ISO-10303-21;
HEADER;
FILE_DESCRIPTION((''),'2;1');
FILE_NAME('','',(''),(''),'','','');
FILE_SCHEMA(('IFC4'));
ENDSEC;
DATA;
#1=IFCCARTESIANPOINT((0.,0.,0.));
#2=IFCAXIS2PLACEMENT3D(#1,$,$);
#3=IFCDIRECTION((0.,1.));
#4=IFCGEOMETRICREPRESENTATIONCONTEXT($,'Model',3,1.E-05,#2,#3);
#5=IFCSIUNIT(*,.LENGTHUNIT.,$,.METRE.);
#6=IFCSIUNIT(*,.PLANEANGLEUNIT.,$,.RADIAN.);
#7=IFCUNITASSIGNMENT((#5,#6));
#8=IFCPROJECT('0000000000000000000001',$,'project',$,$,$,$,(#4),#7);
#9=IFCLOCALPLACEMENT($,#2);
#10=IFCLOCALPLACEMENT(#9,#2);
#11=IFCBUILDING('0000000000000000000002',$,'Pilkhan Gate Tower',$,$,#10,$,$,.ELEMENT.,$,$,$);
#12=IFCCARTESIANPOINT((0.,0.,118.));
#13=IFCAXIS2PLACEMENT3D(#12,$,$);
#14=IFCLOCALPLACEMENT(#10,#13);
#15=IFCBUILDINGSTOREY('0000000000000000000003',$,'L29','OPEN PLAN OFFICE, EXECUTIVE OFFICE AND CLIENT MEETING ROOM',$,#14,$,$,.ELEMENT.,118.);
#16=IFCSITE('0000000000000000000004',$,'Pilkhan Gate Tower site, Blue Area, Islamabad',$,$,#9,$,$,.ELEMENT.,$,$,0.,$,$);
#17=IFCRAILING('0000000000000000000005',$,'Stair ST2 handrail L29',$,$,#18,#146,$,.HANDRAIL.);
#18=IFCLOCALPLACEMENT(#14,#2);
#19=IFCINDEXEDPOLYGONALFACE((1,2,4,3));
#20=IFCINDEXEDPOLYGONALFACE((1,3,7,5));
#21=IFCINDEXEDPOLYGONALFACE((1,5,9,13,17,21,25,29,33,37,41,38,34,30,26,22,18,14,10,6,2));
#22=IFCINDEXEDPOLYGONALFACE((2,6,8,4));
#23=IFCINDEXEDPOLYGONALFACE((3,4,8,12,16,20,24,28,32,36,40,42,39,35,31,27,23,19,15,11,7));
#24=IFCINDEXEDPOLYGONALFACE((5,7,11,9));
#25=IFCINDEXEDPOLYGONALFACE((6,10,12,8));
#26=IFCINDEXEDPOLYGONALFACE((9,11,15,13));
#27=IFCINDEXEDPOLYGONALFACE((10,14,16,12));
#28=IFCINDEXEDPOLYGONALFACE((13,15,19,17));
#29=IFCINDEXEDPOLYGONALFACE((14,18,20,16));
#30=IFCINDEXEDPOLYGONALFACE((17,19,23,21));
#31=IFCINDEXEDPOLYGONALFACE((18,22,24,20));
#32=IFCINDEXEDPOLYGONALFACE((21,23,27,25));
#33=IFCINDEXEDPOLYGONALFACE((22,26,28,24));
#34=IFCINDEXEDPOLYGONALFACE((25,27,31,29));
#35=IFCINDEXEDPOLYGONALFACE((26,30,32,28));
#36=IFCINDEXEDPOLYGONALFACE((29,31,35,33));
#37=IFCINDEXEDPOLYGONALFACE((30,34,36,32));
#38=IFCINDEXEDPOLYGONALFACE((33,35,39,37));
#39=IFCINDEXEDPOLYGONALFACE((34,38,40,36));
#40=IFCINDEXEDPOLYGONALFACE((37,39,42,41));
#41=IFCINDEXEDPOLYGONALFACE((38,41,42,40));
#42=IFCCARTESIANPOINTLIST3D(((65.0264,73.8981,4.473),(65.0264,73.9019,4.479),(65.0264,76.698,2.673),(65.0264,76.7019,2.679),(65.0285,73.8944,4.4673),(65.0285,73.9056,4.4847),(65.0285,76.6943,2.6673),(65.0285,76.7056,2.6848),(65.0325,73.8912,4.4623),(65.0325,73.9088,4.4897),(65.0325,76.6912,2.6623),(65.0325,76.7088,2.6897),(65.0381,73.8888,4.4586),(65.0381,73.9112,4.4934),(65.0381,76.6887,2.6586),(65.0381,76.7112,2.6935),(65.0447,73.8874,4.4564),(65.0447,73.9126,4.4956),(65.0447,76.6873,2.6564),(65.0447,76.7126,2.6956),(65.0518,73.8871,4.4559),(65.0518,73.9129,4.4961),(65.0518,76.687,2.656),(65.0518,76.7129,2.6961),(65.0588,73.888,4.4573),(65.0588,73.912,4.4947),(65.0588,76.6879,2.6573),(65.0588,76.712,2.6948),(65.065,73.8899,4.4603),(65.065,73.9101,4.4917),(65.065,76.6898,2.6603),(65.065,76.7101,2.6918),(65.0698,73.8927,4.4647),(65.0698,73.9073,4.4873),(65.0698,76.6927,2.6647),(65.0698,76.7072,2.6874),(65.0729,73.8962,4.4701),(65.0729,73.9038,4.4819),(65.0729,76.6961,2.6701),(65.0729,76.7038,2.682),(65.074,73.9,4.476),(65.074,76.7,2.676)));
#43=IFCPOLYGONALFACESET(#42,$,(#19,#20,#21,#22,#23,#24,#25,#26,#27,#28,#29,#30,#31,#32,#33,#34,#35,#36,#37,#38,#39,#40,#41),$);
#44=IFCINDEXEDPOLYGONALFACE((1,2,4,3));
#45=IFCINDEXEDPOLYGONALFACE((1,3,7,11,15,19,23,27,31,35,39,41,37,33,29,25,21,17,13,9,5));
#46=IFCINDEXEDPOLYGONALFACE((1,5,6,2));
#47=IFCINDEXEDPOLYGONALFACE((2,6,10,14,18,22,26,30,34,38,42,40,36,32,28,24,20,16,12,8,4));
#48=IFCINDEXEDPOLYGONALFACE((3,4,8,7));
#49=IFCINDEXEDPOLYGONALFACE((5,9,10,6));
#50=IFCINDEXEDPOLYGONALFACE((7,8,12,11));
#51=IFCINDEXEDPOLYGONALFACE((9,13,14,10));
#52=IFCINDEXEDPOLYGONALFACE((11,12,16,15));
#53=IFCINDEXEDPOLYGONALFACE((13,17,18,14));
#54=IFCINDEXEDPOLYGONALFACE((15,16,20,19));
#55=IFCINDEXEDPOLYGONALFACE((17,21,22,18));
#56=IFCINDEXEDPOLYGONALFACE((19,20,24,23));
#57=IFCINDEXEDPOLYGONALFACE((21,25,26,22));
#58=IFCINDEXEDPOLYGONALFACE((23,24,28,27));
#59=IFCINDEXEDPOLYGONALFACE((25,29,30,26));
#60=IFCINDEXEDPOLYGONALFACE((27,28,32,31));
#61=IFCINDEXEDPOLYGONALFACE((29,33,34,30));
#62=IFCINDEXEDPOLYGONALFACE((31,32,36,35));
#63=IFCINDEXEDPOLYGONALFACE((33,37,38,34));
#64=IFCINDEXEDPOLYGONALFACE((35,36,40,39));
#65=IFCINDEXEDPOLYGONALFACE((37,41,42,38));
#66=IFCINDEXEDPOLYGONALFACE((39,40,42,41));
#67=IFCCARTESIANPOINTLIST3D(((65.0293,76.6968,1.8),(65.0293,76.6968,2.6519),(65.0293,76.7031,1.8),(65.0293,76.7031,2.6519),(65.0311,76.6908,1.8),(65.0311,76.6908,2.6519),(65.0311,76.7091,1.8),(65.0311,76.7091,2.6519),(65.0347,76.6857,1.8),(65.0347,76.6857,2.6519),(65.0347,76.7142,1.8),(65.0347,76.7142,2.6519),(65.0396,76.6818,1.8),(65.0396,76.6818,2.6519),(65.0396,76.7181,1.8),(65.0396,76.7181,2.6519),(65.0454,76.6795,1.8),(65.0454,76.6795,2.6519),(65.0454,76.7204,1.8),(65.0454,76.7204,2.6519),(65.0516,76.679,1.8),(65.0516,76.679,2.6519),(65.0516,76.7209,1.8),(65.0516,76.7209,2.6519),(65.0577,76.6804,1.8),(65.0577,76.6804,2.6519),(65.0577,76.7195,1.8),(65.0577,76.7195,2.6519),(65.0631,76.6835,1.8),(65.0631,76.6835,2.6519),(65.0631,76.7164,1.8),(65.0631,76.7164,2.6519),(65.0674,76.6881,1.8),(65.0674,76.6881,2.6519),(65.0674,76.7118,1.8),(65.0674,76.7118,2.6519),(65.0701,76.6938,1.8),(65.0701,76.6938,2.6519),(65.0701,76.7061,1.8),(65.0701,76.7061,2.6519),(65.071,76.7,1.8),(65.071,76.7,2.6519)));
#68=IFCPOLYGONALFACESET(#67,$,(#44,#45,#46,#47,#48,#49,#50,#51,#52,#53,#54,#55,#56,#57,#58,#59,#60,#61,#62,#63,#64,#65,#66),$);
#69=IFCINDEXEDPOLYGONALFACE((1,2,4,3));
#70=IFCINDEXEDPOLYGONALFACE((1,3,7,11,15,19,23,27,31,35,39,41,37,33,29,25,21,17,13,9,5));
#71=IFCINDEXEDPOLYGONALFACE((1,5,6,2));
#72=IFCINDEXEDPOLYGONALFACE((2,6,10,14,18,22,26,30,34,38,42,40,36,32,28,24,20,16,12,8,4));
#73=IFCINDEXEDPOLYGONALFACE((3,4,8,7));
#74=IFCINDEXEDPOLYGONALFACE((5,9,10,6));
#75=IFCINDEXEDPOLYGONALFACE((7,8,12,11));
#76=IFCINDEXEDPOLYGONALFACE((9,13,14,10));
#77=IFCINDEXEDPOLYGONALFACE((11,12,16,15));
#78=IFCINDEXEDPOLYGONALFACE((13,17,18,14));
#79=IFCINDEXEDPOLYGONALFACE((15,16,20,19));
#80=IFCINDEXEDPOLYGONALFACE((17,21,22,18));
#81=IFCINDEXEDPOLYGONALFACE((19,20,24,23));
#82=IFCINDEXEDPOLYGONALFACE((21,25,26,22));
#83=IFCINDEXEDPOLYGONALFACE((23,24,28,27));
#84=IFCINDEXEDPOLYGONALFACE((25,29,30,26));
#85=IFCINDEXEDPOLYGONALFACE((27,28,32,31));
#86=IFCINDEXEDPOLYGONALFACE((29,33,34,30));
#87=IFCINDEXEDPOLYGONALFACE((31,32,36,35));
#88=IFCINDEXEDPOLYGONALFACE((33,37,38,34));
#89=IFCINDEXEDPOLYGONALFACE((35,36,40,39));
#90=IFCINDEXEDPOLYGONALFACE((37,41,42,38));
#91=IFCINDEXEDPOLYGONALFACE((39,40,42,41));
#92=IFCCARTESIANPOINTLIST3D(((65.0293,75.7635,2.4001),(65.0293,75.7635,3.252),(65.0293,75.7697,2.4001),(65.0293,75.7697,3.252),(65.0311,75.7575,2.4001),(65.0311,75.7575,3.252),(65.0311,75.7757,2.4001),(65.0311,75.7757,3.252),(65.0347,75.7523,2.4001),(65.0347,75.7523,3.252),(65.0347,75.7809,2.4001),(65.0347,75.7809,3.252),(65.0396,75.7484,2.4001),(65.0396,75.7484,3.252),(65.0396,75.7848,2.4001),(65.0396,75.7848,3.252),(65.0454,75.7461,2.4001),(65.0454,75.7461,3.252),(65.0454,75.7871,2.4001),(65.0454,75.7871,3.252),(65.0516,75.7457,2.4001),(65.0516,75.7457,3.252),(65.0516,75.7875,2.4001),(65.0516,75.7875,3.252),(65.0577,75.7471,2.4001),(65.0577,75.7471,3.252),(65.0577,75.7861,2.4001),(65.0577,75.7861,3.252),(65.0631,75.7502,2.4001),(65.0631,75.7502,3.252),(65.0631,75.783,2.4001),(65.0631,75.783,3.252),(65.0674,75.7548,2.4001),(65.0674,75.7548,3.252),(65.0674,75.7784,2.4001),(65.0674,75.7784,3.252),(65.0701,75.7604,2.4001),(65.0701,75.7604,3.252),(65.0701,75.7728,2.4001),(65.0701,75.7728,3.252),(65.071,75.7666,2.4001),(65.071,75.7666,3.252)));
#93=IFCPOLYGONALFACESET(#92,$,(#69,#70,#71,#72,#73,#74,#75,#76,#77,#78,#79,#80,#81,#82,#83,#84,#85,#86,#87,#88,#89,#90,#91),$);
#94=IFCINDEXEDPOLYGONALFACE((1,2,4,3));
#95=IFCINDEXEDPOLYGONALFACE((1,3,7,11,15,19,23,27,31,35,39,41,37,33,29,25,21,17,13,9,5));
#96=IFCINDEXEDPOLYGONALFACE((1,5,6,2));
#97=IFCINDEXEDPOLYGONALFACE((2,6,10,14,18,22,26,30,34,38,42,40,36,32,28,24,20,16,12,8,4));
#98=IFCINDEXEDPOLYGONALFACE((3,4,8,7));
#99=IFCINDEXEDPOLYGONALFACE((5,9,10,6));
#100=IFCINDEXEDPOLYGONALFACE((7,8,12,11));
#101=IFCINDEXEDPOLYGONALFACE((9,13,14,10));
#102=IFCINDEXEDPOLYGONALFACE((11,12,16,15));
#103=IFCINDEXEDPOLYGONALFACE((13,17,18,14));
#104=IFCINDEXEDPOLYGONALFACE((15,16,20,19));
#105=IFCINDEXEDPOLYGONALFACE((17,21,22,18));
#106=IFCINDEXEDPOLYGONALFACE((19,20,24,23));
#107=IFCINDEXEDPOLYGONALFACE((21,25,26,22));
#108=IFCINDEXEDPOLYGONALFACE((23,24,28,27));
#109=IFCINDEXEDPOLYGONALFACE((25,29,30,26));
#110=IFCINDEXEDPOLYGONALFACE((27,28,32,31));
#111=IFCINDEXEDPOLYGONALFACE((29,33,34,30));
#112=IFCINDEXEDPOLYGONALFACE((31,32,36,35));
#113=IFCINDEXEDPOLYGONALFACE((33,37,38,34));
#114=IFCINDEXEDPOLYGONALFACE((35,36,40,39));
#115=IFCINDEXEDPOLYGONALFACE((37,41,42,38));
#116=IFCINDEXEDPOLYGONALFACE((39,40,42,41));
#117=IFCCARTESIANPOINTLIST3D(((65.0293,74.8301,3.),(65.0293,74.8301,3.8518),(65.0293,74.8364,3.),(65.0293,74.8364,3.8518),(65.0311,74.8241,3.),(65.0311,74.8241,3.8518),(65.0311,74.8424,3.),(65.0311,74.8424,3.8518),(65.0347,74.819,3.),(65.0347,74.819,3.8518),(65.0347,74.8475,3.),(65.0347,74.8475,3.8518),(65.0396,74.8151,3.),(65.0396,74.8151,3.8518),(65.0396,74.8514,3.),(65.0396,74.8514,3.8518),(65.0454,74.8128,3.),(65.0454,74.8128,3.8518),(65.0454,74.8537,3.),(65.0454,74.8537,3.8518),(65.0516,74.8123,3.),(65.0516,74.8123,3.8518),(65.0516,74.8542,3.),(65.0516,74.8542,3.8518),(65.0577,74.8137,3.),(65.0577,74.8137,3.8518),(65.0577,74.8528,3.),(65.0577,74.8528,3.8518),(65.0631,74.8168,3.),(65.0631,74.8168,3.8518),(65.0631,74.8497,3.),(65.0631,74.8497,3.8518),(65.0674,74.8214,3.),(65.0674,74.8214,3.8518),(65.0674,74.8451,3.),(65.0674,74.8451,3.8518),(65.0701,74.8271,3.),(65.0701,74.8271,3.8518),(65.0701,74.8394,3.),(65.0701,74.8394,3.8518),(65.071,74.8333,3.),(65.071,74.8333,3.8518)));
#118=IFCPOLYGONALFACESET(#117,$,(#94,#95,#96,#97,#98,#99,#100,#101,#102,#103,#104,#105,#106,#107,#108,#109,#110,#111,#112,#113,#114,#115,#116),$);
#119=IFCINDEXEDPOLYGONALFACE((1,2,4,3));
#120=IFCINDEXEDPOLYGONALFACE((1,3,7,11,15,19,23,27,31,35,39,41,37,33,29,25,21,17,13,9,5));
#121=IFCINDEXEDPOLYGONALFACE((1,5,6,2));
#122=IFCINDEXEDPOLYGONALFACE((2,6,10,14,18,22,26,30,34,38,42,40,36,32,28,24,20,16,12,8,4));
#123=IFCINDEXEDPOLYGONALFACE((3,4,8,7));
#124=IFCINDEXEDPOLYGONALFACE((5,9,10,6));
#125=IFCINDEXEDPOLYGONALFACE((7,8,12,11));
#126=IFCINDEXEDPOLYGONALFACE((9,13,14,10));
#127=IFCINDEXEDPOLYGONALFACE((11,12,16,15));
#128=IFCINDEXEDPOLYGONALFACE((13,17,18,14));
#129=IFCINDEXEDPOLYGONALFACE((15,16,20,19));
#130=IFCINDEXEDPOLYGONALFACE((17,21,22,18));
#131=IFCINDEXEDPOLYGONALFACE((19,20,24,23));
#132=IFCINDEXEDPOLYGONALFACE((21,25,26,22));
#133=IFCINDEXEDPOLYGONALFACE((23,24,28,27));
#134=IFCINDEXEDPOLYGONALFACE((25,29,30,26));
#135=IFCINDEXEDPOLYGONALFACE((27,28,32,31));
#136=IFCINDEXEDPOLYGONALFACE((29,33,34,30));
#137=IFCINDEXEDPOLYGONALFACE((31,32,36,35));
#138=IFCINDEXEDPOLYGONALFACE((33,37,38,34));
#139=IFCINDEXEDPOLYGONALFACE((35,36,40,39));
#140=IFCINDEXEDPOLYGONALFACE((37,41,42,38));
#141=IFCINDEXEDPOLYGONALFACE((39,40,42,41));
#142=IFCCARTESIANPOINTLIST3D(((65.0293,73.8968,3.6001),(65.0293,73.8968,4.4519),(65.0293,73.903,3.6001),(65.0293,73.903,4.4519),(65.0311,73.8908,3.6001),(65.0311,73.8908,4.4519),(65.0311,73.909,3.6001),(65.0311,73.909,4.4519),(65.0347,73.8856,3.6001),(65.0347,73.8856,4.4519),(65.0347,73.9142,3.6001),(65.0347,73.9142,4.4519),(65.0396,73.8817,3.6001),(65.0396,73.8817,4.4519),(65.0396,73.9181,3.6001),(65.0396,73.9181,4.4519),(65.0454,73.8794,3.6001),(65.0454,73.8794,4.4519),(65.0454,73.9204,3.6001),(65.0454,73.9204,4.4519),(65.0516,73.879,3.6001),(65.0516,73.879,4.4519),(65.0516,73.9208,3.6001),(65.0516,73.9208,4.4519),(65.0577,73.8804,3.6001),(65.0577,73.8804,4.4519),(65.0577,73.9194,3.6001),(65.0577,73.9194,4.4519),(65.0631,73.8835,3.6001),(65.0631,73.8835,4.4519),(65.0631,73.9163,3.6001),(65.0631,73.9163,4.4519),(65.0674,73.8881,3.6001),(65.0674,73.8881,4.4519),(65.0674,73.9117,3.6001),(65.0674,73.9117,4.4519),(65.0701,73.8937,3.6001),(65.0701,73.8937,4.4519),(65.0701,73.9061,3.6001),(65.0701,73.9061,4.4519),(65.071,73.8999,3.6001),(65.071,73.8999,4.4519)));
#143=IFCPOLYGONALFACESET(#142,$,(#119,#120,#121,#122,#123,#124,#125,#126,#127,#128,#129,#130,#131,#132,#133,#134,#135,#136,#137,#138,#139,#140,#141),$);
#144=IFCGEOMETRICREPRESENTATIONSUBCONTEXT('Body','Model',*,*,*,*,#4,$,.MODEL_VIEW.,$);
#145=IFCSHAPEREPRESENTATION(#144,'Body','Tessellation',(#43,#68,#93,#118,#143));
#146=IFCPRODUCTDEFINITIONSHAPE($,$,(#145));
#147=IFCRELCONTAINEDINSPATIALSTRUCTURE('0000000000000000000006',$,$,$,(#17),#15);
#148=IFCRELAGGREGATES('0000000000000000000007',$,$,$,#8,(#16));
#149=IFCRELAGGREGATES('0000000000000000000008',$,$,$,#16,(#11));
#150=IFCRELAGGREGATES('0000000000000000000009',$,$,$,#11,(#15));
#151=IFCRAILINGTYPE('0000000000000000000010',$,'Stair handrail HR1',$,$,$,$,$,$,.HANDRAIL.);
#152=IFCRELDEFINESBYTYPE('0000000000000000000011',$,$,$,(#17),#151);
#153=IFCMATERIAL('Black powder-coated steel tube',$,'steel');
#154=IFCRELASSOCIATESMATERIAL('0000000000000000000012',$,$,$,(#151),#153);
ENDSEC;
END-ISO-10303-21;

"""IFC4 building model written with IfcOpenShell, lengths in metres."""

from ifc_helpers import new_model, si_unit, direction, frame, origin, origin_2d, place, context, subcontext, project, spatial, circle, extrude, material, type_object, element, save


model = new_model("IFC4")

# Units and contexts
model_context = context("Model", 3, precision=1e-05, world=origin(), true_north=direction((0.0, 1.0)))
body_context = subcontext(model_context, "Body", "Model", "MODEL_VIEW")
ifc_project = project(units=[si_unit("LENGTHUNIT", "METRE"), si_unit("PLANEANGLEUNIT", "RADIAN")], contexts=[model_context])

# Site, building, storey
site_placement = place(None, origin())
site = spatial("IfcSite", under=ifc_project, at=site_placement, Name="Pilkhan Gate Tower site, Blue Area, Islamabad", CompositionType="ELEMENT", RefElevation=0.0)
building_placement = place(site_placement, origin())
building = spatial("IfcBuilding", under=site, at=building_placement, Name="Pilkhan Gate Tower", CompositionType="ELEMENT")
storey_placement = place(building_placement, frame((0.0, 0.0, 118.0)))
storey = spatial("IfcBuildingStorey", under=building, at=storey_placement, Name="L29", Description="OPEN PLAN OFFICE, EXECUTIVE OFFICE AND CLIENT MEETING ROOM", CompositionType="ELEMENT", Elevation=118.0)

# Railing
ifc_material_1 = material(Name="Black powder-coated steel tube", Category="steel")
railing_type_1 = type_object("IfcRailingType", Name="Stair handrail HR1", PredefinedType="HANDRAIL", material=ifc_material_1)
railing_1_placement = place(storey_placement, frame((65.05, 76.7, 1.8)))
element("IfcRailing", 1, at=railing_1_placement, inside=storey, type_object=railing_type_1, Name="Stair ST2 handrail L29", PredefinedType="HANDRAIL", context=body_context, shape_type="SweptSolid", body=[
    extrude(circle(Radius=0.0239, at=origin_2d()), frame((0.0, 0.0, 0.876), z_axis=(0.0, -0.841176, 0.540761), x_axis=(1.0, 0.0, 0.0)), (0.0, 0.0, 1.0), 3.3286),
    extrude(circle(Radius=0.021, at=origin_2d()), origin(), (0.0, 0.0, 1.0), 0.8518),
    extrude(circle(Radius=0.021, at=origin_2d()), frame((0.0, -0.9333, 0.6001)), (0.0, 0.0, 1.0), 0.8518),
    extrude(circle(Radius=0.021, at=origin_2d()), frame((0.0, -1.8667, 1.2)), (0.0, 0.0, 1.0), 0.8518),
    extrude(circle(Radius=0.021, at=origin_2d()), frame((0.0, -2.8, 1.8)), (0.0, 0.0, 1.0), 0.8518),
])

save(model, "model.ifc")
